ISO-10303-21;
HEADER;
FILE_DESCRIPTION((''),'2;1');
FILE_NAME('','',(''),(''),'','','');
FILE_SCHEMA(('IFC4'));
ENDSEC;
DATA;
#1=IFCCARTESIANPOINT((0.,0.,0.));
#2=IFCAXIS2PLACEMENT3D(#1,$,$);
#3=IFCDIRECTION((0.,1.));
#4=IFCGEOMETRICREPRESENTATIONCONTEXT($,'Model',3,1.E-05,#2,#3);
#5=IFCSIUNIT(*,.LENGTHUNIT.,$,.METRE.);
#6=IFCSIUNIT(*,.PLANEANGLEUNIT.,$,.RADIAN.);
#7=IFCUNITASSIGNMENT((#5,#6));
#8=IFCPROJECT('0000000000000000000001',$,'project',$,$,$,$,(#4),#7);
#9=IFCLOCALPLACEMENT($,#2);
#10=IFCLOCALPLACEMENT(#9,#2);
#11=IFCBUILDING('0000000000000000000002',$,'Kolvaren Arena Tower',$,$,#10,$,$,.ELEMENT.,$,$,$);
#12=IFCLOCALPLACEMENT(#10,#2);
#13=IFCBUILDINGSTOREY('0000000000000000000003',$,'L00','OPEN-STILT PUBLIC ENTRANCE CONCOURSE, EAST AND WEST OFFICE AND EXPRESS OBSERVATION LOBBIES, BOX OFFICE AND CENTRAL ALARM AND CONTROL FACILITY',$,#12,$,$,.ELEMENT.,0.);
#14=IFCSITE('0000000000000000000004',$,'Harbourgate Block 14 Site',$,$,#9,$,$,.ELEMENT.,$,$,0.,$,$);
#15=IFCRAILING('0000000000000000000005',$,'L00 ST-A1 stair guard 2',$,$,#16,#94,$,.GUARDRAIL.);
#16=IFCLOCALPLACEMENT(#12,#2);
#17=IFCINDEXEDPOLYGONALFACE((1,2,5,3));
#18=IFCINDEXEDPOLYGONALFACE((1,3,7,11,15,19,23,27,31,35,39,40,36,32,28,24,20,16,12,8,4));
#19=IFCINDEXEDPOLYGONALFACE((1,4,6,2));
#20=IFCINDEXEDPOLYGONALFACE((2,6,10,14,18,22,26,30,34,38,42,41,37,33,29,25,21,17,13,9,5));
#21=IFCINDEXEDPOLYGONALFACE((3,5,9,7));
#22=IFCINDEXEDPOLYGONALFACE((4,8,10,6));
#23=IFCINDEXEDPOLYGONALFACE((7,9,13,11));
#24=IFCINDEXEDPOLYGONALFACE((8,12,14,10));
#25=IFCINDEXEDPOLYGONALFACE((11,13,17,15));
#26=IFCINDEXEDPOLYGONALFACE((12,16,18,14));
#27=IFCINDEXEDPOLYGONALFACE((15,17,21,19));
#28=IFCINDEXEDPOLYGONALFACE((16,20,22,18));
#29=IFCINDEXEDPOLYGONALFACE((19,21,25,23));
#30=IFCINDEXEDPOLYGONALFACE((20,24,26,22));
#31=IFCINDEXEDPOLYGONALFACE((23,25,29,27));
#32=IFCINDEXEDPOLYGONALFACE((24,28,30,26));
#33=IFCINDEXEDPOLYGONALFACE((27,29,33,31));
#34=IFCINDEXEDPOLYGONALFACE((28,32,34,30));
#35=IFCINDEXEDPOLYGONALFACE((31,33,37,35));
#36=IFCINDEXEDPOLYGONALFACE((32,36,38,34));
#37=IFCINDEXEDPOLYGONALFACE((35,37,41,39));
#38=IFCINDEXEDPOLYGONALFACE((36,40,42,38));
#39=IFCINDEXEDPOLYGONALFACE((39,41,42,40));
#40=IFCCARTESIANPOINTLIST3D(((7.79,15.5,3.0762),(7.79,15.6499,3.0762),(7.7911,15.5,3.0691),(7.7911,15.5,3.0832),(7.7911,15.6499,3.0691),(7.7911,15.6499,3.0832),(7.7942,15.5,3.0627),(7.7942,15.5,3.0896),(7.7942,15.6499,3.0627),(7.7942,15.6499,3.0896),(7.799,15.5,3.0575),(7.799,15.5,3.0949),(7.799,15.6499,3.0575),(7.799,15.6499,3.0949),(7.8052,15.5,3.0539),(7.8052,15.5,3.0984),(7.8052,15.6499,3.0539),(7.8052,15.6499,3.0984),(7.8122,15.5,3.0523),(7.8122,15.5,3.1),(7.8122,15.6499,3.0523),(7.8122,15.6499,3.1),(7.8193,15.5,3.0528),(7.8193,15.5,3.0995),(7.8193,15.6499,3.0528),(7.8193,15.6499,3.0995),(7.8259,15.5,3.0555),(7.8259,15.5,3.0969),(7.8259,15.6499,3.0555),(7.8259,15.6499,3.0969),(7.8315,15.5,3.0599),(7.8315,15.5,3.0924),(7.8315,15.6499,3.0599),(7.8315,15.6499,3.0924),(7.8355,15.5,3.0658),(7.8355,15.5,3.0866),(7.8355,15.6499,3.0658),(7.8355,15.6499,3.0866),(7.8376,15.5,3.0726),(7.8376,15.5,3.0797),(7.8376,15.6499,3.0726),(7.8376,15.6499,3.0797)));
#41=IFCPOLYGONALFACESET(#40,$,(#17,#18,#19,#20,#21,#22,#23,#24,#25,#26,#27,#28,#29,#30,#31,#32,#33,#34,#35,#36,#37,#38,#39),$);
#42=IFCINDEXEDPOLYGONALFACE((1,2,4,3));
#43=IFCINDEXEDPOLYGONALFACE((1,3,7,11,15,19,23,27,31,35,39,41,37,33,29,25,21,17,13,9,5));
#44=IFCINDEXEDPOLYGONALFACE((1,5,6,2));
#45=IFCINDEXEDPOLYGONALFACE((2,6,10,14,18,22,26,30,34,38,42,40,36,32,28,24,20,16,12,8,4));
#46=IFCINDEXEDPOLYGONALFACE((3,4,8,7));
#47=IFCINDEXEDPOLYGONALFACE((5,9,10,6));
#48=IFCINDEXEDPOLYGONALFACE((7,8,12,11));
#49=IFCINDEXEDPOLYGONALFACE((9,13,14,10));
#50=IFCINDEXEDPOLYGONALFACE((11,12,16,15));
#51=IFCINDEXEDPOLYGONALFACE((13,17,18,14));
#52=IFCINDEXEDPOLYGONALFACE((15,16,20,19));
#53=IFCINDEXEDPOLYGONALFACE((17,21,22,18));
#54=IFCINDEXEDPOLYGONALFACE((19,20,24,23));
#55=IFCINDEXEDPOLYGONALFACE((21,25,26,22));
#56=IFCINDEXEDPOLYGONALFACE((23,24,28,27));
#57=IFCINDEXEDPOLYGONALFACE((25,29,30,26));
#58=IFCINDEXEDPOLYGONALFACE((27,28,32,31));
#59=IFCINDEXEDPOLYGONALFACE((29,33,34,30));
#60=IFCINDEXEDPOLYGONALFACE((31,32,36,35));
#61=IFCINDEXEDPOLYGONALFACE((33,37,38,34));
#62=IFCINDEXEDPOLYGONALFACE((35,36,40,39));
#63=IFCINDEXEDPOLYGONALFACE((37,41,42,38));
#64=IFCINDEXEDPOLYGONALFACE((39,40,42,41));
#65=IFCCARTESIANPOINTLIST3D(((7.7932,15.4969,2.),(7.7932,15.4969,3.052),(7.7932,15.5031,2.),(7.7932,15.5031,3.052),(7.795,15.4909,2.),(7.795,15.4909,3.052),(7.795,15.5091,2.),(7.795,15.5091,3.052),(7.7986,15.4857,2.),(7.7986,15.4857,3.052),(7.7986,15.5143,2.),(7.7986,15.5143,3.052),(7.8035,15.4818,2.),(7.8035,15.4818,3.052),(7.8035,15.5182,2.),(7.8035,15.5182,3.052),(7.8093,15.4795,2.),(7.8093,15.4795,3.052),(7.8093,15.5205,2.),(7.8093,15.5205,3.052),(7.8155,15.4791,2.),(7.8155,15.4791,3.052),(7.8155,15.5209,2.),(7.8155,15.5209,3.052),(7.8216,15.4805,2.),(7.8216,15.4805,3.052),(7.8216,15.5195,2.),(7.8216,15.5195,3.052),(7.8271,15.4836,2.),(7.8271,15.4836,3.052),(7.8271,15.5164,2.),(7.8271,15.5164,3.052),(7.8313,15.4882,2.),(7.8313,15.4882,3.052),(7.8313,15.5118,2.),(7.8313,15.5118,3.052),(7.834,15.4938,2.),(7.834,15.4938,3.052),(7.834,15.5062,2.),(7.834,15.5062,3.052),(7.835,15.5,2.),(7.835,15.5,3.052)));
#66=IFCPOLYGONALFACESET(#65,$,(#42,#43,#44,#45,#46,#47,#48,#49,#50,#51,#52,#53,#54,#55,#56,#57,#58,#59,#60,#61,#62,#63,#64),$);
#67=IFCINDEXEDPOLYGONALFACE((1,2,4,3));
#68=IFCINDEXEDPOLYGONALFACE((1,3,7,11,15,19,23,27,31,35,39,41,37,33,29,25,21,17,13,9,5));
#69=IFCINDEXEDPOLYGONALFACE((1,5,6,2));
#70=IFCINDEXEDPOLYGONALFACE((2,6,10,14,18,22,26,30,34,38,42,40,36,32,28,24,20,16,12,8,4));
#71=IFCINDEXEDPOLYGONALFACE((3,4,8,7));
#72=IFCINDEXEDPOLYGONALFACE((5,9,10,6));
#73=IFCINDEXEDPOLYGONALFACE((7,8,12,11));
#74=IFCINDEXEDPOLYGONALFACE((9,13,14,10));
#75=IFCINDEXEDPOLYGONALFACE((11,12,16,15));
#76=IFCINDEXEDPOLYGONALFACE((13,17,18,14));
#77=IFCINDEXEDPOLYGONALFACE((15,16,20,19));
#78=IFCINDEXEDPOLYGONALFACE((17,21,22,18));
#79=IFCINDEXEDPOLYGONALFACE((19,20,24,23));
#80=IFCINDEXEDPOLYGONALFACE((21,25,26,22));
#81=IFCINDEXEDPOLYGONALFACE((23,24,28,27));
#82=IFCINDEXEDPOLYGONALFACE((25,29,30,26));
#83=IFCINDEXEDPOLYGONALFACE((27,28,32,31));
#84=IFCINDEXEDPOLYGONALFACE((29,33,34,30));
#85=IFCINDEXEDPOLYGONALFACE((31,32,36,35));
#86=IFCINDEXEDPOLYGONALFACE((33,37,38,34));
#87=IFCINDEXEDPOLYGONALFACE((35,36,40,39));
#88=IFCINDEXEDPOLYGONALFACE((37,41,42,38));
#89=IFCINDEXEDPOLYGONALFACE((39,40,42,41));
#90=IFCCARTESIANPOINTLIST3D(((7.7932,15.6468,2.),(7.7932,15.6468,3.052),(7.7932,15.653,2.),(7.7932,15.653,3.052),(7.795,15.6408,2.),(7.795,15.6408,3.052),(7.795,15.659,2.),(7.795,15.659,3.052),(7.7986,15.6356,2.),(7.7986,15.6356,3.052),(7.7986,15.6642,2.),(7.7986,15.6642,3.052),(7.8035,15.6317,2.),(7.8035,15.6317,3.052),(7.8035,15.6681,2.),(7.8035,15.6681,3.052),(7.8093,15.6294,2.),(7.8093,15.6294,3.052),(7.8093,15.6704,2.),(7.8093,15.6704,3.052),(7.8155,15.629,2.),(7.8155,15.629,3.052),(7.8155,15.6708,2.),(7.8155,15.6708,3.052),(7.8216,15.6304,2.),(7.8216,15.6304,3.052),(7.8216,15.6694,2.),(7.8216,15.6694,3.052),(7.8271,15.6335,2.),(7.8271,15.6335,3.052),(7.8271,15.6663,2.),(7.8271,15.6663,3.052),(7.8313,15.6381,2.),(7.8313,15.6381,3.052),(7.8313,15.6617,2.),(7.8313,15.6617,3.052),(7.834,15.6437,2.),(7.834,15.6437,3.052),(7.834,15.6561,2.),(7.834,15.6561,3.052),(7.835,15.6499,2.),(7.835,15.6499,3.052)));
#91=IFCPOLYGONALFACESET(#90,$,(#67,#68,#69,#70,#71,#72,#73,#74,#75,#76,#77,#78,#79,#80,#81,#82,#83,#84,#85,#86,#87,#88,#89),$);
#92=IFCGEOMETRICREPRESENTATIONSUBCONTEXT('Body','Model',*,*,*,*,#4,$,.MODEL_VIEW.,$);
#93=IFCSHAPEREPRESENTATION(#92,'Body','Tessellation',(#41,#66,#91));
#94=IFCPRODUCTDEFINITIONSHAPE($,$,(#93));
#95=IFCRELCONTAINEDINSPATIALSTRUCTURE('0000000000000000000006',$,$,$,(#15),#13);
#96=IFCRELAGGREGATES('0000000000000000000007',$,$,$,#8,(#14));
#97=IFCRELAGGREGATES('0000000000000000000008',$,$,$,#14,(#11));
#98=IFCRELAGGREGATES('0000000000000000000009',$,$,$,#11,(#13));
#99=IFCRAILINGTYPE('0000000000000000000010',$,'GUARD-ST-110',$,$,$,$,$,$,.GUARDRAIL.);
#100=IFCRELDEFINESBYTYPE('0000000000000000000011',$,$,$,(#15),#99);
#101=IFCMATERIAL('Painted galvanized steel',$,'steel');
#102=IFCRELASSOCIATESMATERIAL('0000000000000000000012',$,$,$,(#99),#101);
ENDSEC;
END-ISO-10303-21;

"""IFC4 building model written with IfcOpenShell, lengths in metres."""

from ifc_helpers import new_model, si_unit, direction, frame, origin, origin_2d, place, context, subcontext, project, spatial, circle, extrude, material, type_object, element, save


model = new_model("IFC4")

# Units and contexts
model_context = context("Model", 3, precision=1e-05, world=origin(), true_north=direction((0.0, 1.0)))
body_context = subcontext(model_context, "Body", "Model", "MODEL_VIEW")
ifc_project = project(units=[si_unit("LENGTHUNIT", "METRE"), si_unit("PLANEANGLEUNIT", "RADIAN")], contexts=[model_context])

# Site, building, storey
site_placement = place(None, origin())
site = spatial("IfcSite", under=ifc_project, at=site_placement, Name="Harbourgate Block 14 Site", CompositionType="ELEMENT", RefElevation=0.0)
building_placement = place(site_placement, origin())
building = spatial("IfcBuilding", under=site, at=building_placement, Name="Kolvaren Arena Tower", CompositionType="ELEMENT")
storey_placement = place(building_placement, origin())
storey = spatial("IfcBuildingStorey", under=building, at=storey_placement, Name="L00", Description="OPEN-STILT PUBLIC ENTRANCE CONCOURSE, EAST AND WEST OFFICE AND EXPRESS OBSERVATION LOBBIES, BOX OFFICE AND CENTRAL ALARM AND CONTROL FACILITY", CompositionType="ELEMENT", Elevation=0.0)

# Railing
ifc_material_1 = material(Name="Painted galvanized steel", Category="steel")
railing_type_1 = type_object("IfcRailingType", Name="GUARD-ST-110", PredefinedType="GUARDRAIL", material=ifc_material_1)
railing_1_placement = place(storey_placement, frame((7.814, 15.5, 2.0)))
element("IfcRailing", 1, at=railing_1_placement, inside=storey, type_object=railing_type_1, Name="L00 ST-A1 stair guard 2", PredefinedType="GUARDRAIL", context=body_context, shape_type="SweptSolid", body=[
    extrude(circle(Radius=0.0239, at=origin_2d()), frame((0.0, 0.0, 1.0762), z_axis=(0.0, 1.0, 0.0), x_axis=(-1.0, 0.0, 0.0)), (0.0, 0.0, 1.0), 0.1499),
    extrude(circle(Radius=0.021, at=origin_2d()), origin(), (0.0, 0.0, 1.0), 1.052),
    extrude(circle(Radius=0.021, at=origin_2d()), frame((0.0, 0.1499, 0.0)), (0.0, 0.0, 1.0), 1.052),
])

save(model, "model.ifc")
